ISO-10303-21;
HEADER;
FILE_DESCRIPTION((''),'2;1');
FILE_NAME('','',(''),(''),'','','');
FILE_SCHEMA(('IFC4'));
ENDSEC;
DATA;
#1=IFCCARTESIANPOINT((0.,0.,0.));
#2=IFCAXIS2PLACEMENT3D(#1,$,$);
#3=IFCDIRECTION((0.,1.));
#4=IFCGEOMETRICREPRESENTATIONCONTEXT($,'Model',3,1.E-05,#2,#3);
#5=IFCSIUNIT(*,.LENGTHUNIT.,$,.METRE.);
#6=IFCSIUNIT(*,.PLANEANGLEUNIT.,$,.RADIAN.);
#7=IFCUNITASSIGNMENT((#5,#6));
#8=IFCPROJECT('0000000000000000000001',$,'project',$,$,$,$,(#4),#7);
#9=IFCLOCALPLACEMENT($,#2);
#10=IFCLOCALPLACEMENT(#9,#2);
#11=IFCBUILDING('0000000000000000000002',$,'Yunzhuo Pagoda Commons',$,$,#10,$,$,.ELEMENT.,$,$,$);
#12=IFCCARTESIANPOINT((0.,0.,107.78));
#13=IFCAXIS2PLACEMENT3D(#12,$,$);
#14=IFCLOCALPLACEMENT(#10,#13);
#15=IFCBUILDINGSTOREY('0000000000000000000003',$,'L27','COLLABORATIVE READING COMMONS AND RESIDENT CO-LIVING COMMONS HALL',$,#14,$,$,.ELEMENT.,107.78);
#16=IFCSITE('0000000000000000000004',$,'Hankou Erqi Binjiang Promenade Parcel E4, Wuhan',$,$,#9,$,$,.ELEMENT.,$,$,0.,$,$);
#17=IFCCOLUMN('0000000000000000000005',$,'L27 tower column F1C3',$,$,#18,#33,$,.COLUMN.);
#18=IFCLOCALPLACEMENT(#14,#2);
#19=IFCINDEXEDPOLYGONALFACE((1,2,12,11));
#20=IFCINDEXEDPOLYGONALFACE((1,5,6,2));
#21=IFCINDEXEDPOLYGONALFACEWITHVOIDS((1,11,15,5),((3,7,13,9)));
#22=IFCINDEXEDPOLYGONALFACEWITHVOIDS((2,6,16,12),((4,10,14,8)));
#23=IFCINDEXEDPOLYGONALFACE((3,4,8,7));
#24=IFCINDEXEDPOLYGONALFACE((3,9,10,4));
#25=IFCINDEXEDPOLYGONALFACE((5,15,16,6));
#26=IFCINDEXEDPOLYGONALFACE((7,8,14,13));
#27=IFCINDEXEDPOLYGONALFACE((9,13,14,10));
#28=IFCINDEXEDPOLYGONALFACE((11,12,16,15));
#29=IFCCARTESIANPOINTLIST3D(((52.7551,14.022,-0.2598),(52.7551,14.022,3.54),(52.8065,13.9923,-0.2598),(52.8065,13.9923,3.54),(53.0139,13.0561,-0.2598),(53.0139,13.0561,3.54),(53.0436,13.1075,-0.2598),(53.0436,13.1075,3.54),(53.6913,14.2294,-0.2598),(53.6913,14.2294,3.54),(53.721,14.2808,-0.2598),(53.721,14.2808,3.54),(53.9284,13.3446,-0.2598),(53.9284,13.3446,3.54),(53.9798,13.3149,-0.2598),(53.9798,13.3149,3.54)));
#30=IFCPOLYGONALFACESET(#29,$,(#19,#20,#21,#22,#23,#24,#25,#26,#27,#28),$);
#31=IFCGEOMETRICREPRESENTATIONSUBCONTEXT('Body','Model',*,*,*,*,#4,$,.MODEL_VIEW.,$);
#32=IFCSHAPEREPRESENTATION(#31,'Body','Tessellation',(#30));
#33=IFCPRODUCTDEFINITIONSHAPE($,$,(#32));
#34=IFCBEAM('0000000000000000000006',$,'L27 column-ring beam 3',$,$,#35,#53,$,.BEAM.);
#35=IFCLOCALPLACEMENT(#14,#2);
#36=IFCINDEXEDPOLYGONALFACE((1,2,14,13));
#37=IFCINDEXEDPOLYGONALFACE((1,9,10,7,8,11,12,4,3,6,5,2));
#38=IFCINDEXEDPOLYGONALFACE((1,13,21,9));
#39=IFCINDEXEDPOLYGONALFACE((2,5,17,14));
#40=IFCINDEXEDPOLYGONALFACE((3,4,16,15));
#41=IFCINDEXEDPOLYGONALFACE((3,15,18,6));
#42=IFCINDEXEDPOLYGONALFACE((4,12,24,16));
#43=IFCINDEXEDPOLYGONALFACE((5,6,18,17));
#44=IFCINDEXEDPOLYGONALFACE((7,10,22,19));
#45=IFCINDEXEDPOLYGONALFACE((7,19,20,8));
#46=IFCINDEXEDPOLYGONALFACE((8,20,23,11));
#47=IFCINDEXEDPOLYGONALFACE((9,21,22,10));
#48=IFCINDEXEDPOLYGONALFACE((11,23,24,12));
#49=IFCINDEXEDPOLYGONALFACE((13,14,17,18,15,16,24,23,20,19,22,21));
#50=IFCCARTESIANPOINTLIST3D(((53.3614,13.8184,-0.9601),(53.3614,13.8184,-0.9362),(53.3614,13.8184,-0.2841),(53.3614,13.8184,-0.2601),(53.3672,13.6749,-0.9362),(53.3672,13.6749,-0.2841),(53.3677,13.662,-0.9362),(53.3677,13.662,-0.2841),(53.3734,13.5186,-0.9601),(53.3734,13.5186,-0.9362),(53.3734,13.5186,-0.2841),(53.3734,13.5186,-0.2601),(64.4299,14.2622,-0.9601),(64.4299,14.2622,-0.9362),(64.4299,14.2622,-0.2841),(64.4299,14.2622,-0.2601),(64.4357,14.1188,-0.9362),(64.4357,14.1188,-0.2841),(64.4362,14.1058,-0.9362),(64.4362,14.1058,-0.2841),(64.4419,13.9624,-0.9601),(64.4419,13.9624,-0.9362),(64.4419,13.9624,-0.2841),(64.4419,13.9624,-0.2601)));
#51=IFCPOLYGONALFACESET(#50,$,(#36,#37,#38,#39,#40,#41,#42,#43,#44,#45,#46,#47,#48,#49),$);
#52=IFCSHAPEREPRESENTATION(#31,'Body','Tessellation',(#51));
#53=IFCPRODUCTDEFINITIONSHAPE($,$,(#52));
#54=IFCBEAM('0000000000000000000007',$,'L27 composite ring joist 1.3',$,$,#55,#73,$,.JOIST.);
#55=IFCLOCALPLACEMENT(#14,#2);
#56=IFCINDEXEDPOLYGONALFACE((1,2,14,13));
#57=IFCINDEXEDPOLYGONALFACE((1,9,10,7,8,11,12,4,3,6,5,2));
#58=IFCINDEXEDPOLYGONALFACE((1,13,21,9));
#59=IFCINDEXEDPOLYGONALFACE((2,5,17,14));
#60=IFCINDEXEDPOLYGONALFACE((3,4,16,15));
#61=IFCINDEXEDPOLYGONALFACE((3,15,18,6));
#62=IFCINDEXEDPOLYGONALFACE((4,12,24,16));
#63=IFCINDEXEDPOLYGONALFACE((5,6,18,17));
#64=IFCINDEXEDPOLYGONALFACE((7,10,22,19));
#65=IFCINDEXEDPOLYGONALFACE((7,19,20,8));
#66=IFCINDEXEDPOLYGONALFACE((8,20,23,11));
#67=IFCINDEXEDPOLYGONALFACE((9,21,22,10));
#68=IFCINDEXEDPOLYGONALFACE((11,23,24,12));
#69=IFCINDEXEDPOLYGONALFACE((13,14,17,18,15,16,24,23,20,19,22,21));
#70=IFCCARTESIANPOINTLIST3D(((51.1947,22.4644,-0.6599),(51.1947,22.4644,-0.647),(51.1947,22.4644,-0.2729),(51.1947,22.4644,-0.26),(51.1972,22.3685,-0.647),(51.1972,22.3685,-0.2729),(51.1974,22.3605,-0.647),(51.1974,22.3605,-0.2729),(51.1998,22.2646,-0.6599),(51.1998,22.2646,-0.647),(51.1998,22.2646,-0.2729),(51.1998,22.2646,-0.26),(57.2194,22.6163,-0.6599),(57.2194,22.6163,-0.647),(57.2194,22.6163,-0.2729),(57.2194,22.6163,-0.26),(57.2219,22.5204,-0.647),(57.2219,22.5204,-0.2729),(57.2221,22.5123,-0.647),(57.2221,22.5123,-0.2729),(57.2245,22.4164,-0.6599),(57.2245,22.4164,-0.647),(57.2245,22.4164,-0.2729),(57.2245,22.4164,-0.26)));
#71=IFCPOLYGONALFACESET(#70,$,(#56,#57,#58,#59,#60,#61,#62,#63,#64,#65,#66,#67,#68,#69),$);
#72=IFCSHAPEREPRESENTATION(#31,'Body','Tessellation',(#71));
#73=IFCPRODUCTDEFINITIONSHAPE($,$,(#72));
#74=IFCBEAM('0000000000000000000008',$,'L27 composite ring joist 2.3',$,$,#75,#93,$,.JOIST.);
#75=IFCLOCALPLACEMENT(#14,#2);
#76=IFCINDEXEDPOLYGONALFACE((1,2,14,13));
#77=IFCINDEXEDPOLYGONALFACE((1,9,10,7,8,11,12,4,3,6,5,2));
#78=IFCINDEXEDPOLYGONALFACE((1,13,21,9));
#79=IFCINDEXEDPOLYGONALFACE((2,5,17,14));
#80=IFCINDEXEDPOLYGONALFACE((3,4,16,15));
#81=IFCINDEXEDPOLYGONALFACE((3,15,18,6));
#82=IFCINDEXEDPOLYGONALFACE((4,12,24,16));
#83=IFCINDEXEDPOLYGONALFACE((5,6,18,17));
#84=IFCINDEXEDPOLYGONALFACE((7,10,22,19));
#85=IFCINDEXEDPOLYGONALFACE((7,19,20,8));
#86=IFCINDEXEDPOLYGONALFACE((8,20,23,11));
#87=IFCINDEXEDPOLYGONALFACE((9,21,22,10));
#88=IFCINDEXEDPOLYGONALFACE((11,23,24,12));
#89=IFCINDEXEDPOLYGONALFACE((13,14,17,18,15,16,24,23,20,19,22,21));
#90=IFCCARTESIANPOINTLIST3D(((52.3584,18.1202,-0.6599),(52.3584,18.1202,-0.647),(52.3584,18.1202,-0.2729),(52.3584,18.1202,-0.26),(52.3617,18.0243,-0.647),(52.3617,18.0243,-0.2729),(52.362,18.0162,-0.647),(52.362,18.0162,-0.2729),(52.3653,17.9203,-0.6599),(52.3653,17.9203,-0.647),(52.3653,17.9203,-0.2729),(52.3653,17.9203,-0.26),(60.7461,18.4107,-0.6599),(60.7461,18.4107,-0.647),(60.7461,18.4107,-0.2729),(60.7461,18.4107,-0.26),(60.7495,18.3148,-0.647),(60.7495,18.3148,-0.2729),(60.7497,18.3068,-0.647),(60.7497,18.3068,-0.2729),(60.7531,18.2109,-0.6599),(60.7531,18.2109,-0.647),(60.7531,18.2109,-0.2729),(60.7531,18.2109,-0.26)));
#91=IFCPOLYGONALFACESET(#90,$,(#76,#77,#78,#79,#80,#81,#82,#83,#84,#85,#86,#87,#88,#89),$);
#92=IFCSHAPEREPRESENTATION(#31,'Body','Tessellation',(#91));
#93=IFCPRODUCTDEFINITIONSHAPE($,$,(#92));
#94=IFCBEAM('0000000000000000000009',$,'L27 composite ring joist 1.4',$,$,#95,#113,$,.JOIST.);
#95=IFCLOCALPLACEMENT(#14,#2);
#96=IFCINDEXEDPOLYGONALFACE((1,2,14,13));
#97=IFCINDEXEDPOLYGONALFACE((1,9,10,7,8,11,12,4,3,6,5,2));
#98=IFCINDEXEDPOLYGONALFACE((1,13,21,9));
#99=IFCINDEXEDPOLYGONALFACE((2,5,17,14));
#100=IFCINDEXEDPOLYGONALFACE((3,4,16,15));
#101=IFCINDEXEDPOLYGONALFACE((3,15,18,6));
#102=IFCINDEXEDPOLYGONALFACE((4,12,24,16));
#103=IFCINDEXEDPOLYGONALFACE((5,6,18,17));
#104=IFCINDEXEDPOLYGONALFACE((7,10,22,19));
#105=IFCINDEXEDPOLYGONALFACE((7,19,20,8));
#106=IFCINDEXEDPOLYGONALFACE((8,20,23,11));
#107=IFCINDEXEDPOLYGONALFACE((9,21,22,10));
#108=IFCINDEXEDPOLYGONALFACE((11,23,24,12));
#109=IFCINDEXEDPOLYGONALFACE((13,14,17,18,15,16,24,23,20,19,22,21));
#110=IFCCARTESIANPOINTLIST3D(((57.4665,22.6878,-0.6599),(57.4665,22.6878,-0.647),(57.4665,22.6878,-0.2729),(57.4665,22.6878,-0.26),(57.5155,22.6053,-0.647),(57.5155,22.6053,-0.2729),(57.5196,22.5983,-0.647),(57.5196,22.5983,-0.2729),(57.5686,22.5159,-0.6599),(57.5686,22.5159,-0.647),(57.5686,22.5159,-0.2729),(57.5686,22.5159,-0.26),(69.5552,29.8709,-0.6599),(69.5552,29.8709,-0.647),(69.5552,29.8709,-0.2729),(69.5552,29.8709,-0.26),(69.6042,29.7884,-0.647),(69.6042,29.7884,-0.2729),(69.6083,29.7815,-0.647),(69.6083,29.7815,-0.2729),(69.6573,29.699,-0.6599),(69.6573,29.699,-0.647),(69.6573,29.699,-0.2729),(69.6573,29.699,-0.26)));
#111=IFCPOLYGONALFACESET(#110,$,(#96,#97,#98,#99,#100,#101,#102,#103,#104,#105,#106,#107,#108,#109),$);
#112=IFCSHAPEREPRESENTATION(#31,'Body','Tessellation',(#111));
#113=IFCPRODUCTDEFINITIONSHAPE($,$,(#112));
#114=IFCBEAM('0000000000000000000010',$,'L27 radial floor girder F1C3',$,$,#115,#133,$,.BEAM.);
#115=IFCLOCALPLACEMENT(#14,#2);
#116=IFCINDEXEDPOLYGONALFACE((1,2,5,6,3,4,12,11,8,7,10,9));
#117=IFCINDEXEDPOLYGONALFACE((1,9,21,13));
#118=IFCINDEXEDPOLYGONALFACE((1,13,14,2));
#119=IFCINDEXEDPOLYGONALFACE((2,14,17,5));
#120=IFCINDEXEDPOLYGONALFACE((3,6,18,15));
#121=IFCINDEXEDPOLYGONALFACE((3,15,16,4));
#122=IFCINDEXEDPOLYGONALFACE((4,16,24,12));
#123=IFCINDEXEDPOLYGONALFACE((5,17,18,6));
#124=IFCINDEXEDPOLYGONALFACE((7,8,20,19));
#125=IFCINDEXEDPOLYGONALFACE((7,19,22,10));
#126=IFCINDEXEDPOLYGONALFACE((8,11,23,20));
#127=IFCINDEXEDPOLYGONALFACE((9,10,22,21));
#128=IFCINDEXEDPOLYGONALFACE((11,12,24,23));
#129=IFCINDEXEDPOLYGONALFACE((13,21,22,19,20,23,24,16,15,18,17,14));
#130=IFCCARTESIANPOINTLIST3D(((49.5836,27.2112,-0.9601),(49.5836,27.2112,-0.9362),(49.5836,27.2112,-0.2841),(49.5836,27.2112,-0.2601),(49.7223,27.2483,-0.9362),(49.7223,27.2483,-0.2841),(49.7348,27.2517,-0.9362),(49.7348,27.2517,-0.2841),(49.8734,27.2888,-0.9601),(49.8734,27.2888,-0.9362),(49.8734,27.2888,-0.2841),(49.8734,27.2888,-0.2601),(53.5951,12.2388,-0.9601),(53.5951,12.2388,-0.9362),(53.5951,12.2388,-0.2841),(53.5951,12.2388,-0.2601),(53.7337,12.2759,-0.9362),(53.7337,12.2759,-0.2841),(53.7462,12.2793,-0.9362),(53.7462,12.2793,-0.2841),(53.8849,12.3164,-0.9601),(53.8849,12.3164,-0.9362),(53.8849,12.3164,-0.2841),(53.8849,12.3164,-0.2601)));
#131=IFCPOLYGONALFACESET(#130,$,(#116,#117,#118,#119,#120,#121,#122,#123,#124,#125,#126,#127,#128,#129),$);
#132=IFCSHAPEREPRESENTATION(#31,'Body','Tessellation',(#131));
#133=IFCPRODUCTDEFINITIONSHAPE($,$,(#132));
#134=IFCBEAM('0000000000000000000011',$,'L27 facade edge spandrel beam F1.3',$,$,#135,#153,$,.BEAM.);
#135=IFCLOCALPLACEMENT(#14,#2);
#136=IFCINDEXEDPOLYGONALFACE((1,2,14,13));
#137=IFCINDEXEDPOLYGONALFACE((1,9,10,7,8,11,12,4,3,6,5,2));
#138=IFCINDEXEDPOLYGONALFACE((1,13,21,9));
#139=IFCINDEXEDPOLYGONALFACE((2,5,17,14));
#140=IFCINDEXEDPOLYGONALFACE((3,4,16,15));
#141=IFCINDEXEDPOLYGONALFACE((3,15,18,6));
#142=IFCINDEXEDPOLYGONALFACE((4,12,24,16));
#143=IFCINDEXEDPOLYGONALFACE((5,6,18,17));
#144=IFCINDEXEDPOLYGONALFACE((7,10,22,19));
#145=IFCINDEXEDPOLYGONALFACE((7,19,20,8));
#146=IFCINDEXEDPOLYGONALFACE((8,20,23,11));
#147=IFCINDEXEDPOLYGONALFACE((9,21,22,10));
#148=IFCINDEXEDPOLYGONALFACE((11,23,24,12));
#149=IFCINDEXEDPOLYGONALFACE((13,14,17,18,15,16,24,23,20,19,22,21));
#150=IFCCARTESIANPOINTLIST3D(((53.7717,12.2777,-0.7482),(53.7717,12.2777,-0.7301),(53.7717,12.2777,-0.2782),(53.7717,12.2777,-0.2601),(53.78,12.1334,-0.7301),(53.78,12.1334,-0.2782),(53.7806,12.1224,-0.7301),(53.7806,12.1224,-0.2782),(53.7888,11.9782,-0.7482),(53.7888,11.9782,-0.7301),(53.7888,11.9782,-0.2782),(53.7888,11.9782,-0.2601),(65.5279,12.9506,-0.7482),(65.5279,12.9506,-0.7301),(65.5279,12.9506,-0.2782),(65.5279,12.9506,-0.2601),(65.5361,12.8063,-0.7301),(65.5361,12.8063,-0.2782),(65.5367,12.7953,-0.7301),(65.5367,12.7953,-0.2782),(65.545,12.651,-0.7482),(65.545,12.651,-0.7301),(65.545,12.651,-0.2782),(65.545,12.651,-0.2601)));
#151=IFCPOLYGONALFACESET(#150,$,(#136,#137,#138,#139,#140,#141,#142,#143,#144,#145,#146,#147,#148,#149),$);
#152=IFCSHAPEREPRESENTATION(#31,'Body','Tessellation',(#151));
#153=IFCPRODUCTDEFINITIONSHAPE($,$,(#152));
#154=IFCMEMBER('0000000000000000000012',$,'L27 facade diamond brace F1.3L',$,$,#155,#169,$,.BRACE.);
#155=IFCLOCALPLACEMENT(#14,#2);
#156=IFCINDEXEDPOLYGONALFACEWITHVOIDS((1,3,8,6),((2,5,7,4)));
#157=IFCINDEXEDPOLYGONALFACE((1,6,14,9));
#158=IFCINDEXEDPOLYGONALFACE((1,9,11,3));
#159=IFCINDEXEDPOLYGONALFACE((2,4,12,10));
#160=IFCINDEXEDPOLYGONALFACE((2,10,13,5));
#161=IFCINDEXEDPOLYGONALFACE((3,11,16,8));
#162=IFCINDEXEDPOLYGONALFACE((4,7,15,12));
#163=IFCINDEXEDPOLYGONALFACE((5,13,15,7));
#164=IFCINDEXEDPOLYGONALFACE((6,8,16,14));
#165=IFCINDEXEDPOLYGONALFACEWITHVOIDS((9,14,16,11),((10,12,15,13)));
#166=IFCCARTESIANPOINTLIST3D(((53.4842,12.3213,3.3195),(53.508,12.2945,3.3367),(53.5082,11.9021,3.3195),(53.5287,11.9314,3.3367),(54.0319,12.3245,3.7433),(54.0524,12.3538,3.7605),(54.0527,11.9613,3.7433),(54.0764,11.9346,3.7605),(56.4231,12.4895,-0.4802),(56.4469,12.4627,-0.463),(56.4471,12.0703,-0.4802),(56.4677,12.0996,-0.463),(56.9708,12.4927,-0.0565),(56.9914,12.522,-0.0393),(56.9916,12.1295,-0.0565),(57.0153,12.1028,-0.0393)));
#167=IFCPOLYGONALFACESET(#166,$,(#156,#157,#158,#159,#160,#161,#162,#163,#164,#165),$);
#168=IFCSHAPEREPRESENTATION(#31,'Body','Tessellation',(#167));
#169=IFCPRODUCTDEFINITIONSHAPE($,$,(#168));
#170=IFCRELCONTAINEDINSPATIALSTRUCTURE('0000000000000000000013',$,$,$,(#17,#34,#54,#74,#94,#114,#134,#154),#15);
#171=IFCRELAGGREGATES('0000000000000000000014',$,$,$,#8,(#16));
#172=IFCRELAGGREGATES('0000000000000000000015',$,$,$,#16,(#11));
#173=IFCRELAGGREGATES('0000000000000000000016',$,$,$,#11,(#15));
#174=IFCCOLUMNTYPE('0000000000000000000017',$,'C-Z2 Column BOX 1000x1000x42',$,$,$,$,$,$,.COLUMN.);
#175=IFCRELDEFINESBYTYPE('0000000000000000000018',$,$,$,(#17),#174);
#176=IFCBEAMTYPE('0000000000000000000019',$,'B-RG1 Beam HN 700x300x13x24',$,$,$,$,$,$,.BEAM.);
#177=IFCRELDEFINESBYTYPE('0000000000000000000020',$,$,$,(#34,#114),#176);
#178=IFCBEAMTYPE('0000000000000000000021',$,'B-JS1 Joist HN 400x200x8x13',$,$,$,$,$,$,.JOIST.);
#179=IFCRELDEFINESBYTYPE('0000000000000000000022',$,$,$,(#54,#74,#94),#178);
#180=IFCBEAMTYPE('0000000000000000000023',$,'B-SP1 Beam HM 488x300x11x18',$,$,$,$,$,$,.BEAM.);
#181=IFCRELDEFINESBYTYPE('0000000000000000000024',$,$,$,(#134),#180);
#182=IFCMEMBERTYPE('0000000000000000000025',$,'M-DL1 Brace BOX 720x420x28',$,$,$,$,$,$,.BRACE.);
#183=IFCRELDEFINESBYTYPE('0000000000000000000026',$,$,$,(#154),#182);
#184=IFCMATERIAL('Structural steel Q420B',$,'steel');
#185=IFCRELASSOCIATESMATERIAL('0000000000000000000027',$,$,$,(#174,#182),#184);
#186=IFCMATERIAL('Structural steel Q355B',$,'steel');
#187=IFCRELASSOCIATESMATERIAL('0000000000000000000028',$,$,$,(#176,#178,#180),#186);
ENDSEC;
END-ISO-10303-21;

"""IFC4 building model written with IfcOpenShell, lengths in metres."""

from ifc_helpers import new_model, si_unit, direction, frame, origin, origin_2d, place, context, subcontext, project, spatial, hollow_rectangle, i_section, extrude, source, transform, mapped, material, material_profile, profile_set, type_object, element, save


model = new_model("IFC4")

# Units and contexts
model_context = context("Model", 3, precision=1e-05, world=origin(), true_north=direction((0.0, 1.0)))
body_context = subcontext(model_context, "Body", "Model", "MODEL_VIEW")
ifc_project = project(units=[si_unit("LENGTHUNIT", "METRE"), si_unit("PLANEANGLEUNIT", "RADIAN")], contexts=[model_context])

# Site, building, storey
site_placement = place(None, origin())
site = spatial("IfcSite", under=ifc_project, at=site_placement, Name="Hankou Erqi Binjiang Promenade Parcel E4, Wuhan", CompositionType="ELEMENT", RefElevation=0.0)
building_placement = place(site_placement, origin())
building = spatial("IfcBuilding", under=site, at=building_placement, Name="Yunzhuo Pagoda Commons", CompositionType="ELEMENT")
storey_placement = place(building_placement, frame((0.0, 0.0, 107.78)))
storey = spatial("IfcBuildingStorey", under=building, at=storey_placement, Name="L27", Description="COLLABORATIVE READING COMMONS AND RESIDENT CO-LIVING COMMONS HALL", CompositionType="ELEMENT", Elevation=107.78)

# Column
ifc_material_1 = material(Name="Structural steel Q420B", Category="steel")
ifc_material_profile_1 = material_profile(ifc_material_1, hollow_rectangle(XDim=1.0, YDim=1.0, WallThickness=0.042, at=origin_2d()), Name="Structural steel Q420B")
ifc_profile_set_1 = profile_set([ifc_material_profile_1], Name="Structural steel Q420B")
column_type = type_object("IfcColumnType", Name="C-Z2 Column BOX 1000x1000x42", PredefinedType="COLUMN", material=ifc_profile_set_1)
shared_shape_1 = source(origin(), body_context, "Body", "SweptSolid", [
    extrude(hollow_rectangle(XDim=1.0, YDim=1.0, WallThickness=0.042, at=origin_2d()), origin(), (0.0, 0.0, 1.0), 3.7998),
])
column_placement = place(storey_placement, frame((53.3674, 13.6685, -0.2598), z_axis=(0.0, 0.0, 1.0), x_axis=(0.965926, 0.258819, 0.0)))
element("IfcColumn", 1, at=column_placement, inside=storey, type_object=column_type, Name="L27 tower column F1C3", PredefinedType="COLUMN", context=body_context, shape_type="MappedRepresentation", body=[
    mapped(shared_shape_1, transform((0.0, 0.0, 0.0), scale=1.0)),
])

# Beams
ifc_material_2 = material(Name="Structural steel Q355B", Category="steel")
ifc_material_profile_2 = material_profile(ifc_material_2, i_section(OverallWidth=0.3, OverallDepth=0.7, WebThickness=0.0129, FlangeThickness=0.0239, at=origin_2d()), Name="Structural steel Q355B")
ifc_profile_set_2 = profile_set([ifc_material_profile_2], Name="Structural steel Q355B")
beam_type_1 = type_object("IfcBeamType", Name="B-RG1 Beam HN 700x300x13x24", PredefinedType="BEAM", material=ifc_profile_set_2)
shared_shape_2 = source(origin(), body_context, "Body", "SweptSolid", [
    extrude(i_section(OverallWidth=0.3, OverallDepth=0.7, WebThickness=0.0129, FlangeThickness=0.0239, at=origin_2d()), origin(), (0.0, 0.0, 1.0), 11.0774),
])
beam_1_placement = place(storey_placement, frame((53.3674, 13.6685, -0.6101), z_axis=(0.999197, 0.040067, 0.0), x_axis=(-0.040067, 0.999197, 0.0)))
element("IfcBeam", 2, at=beam_1_placement, inside=storey, type_object=beam_type_1, Name="L27 column-ring beam 3", PredefinedType="BEAM", context=body_context, shape_type="MappedRepresentation", body=[
    mapped(shared_shape_2, transform((0.0, 0.0, 0.0), scale=1.0)),
])
ifc_material_profile_3 = material_profile(ifc_material_2, i_section(OverallWidth=0.2, OverallDepth=0.3999, WebThickness=0.0081, FlangeThickness=0.0129, at=origin_2d()), Name="Structural steel Q355B")
ifc_profile_set_3 = profile_set([ifc_material_profile_3], Name="Structural steel Q355B")
beam_type_2 = type_object("IfcBeamType", Name="B-JS1 Joist HN 400x200x8x13", PredefinedType="JOIST", material=ifc_profile_set_3)
shared_shape_3 = source(origin(), body_context, "Body", "SweptSolid", [
    extrude(i_section(OverallWidth=0.2, OverallDepth=0.3999, WebThickness=0.0081, FlangeThickness=0.0129, at=origin_2d()), origin(), (0.0, 0.0, 1.0), 6.0266),
])
beam_2_placement = place(storey_placement, frame((51.1973, 22.3645, -0.46), z_axis=(0.999682, 0.025198, 0.0), x_axis=(-0.025198, 0.999682, 0.0)))
element("IfcBeam", 3, at=beam_2_placement, inside=storey, type_object=beam_type_2, Name="L27 composite ring joist 1.3", PredefinedType="JOIST", context=body_context, shape_type="MappedRepresentation", body=[
    mapped(shared_shape_3, transform((0.0, 0.0, 0.0), scale=1.0)),
])
shared_shape_4 = source(origin(), body_context, "Body", "SweptSolid", [
    extrude(i_section(OverallWidth=0.2, OverallDepth=0.3999, WebThickness=0.0081, FlangeThickness=0.0129, at=origin_2d()), origin(), (0.0, 0.0, 1.0), 8.3928),
])
beam_3_placement = place(storey_placement, frame((52.3618, 18.0203, -0.46), z_axis=(0.999401, 0.034617, 0.0), x_axis=(-0.034617, 0.999401, 0.0)))
element("IfcBeam", 4, at=beam_3_placement, inside=storey, type_object=beam_type_2, Name="L27 composite ring joist 2.3", PredefinedType="JOIST", context=body_context, shape_type="MappedRepresentation", body=[
    mapped(shared_shape_4, transform((0.0, 0.0, 0.0), scale=1.0)),
])
shared_shape_5 = source(origin(), body_context, "Body", "SweptSolid", [
    extrude(i_section(OverallWidth=0.2, OverallDepth=0.3999, WebThickness=0.0081, FlangeThickness=0.0129, at=origin_2d()), origin(), (0.0, 0.0, 1.0), 14.0618),
])
beam_4_placement = place(storey_placement, frame((57.5176, 22.6018, -0.46), z_axis=(0.859683, 0.510827, 0.0), x_axis=(-0.510827, 0.859683, 0.0)))
element("IfcBeam", 5, at=beam_4_placement, inside=storey, type_object=beam_type_2, Name="L27 composite ring joist 1.4", PredefinedType="JOIST", context=body_context, shape_type="MappedRepresentation", body=[
    mapped(shared_shape_5, transform((0.0, 0.0, 0.0), scale=1.0)),
])
shared_shape_6 = source(origin(), body_context, "Body", "SweptSolid", [
    extrude(i_section(OverallWidth=0.3, OverallDepth=0.7, WebThickness=0.0129, FlangeThickness=0.0239, at=origin_2d()), origin(), (0.0, 0.0, 1.0), 15.5005),
])
beam_5_placement = place(storey_placement, frame((53.74, 12.2776, -0.6101), z_axis=(-0.258797, 0.965932, 0.0), x_axis=(-0.965932, -0.258797, 0.0)))
element("IfcBeam", 6, at=beam_5_placement, inside=storey, type_object=beam_type_1, Name="L27 radial floor girder F1C3", PredefinedType="BEAM", context=body_context, shape_type="MappedRepresentation", body=[
    mapped(shared_shape_6, transform((0.0, 0.0, 0.0), scale=1.0)),
])
ifc_material_profile_4 = material_profile(ifc_material_2, i_section(OverallWidth=0.3, OverallDepth=0.488, WebThickness=0.011, FlangeThickness=0.0181, at=origin_2d()), Name="Structural steel Q355B")
ifc_profile_set_4 = profile_set([ifc_material_profile_4], Name="Structural steel Q355B")
beam_type_3 = type_object("IfcBeamType", Name="B-SP1 Beam HM 488x300x11x18", PredefinedType="BEAM", material=ifc_profile_set_4)
shared_shape_7 = source(origin(), body_context, "Body", "SweptSolid", [
    extrude(i_section(OverallWidth=0.3, OverallDepth=0.488, WebThickness=0.011, FlangeThickness=0.0181, at=origin_2d()), origin(), (0.0, 0.0, 1.0), 11.7754),
])
beam_6_placement = place(storey_placement, frame((53.7803, 12.1279, -0.5042), z_axis=(0.998366, 0.057141, 0.0), x_axis=(-0.057141, 0.998366, 0.0)))
element("IfcBeam", 7, at=beam_6_placement, inside=storey, type_object=beam_type_3, Name="L27 facade edge spandrel beam F1.3", PredefinedType="BEAM", context=body_context, shape_type="MappedRepresentation", body=[
    mapped(shared_shape_7, transform((0.0, 0.0, 0.0), scale=1.0)),
])

# Member
ifc_material_profile_5 = material_profile(ifc_material_1, hollow_rectangle(XDim=0.4199, YDim=0.72, WallThickness=0.0281, at=origin_2d()), Name="Structural steel Q420B")
ifc_profile_set_5 = profile_set([ifc_material_profile_5], Name="Structural steel Q420B")
member_type_1 = type_object("IfcMemberType", Name="M-DL1 Brace BOX 720x420x28", PredefinedType="BRACE", material=ifc_profile_set_5)
shared_shape_8 = source(origin(), body_context, "Body", "SweptSolid", [
    extrude(hollow_rectangle(XDim=0.4199, YDim=0.72, WallThickness=0.0281, at=origin_2d()), origin(), (0.0, 0.0, 1.0), 4.8066),
])
member_1_placement = place(storey_placement, frame((56.7192, 12.2961, -0.2598), z_axis=(-0.611431, -0.034996, 0.790523), x_axis=(0.057142, -0.998366, 0.0)))
element("IfcMember", 8, at=member_1_placement, inside=storey, type_object=member_type_1, Name="L27 facade diamond brace F1.3L", PredefinedType="BRACE", context=body_context, shape_type="MappedRepresentation", body=[
    mapped(shared_shape_8, transform((0.0, 0.0, 0.0), scale=1.0)),
])

save(model, "model.ifc")
